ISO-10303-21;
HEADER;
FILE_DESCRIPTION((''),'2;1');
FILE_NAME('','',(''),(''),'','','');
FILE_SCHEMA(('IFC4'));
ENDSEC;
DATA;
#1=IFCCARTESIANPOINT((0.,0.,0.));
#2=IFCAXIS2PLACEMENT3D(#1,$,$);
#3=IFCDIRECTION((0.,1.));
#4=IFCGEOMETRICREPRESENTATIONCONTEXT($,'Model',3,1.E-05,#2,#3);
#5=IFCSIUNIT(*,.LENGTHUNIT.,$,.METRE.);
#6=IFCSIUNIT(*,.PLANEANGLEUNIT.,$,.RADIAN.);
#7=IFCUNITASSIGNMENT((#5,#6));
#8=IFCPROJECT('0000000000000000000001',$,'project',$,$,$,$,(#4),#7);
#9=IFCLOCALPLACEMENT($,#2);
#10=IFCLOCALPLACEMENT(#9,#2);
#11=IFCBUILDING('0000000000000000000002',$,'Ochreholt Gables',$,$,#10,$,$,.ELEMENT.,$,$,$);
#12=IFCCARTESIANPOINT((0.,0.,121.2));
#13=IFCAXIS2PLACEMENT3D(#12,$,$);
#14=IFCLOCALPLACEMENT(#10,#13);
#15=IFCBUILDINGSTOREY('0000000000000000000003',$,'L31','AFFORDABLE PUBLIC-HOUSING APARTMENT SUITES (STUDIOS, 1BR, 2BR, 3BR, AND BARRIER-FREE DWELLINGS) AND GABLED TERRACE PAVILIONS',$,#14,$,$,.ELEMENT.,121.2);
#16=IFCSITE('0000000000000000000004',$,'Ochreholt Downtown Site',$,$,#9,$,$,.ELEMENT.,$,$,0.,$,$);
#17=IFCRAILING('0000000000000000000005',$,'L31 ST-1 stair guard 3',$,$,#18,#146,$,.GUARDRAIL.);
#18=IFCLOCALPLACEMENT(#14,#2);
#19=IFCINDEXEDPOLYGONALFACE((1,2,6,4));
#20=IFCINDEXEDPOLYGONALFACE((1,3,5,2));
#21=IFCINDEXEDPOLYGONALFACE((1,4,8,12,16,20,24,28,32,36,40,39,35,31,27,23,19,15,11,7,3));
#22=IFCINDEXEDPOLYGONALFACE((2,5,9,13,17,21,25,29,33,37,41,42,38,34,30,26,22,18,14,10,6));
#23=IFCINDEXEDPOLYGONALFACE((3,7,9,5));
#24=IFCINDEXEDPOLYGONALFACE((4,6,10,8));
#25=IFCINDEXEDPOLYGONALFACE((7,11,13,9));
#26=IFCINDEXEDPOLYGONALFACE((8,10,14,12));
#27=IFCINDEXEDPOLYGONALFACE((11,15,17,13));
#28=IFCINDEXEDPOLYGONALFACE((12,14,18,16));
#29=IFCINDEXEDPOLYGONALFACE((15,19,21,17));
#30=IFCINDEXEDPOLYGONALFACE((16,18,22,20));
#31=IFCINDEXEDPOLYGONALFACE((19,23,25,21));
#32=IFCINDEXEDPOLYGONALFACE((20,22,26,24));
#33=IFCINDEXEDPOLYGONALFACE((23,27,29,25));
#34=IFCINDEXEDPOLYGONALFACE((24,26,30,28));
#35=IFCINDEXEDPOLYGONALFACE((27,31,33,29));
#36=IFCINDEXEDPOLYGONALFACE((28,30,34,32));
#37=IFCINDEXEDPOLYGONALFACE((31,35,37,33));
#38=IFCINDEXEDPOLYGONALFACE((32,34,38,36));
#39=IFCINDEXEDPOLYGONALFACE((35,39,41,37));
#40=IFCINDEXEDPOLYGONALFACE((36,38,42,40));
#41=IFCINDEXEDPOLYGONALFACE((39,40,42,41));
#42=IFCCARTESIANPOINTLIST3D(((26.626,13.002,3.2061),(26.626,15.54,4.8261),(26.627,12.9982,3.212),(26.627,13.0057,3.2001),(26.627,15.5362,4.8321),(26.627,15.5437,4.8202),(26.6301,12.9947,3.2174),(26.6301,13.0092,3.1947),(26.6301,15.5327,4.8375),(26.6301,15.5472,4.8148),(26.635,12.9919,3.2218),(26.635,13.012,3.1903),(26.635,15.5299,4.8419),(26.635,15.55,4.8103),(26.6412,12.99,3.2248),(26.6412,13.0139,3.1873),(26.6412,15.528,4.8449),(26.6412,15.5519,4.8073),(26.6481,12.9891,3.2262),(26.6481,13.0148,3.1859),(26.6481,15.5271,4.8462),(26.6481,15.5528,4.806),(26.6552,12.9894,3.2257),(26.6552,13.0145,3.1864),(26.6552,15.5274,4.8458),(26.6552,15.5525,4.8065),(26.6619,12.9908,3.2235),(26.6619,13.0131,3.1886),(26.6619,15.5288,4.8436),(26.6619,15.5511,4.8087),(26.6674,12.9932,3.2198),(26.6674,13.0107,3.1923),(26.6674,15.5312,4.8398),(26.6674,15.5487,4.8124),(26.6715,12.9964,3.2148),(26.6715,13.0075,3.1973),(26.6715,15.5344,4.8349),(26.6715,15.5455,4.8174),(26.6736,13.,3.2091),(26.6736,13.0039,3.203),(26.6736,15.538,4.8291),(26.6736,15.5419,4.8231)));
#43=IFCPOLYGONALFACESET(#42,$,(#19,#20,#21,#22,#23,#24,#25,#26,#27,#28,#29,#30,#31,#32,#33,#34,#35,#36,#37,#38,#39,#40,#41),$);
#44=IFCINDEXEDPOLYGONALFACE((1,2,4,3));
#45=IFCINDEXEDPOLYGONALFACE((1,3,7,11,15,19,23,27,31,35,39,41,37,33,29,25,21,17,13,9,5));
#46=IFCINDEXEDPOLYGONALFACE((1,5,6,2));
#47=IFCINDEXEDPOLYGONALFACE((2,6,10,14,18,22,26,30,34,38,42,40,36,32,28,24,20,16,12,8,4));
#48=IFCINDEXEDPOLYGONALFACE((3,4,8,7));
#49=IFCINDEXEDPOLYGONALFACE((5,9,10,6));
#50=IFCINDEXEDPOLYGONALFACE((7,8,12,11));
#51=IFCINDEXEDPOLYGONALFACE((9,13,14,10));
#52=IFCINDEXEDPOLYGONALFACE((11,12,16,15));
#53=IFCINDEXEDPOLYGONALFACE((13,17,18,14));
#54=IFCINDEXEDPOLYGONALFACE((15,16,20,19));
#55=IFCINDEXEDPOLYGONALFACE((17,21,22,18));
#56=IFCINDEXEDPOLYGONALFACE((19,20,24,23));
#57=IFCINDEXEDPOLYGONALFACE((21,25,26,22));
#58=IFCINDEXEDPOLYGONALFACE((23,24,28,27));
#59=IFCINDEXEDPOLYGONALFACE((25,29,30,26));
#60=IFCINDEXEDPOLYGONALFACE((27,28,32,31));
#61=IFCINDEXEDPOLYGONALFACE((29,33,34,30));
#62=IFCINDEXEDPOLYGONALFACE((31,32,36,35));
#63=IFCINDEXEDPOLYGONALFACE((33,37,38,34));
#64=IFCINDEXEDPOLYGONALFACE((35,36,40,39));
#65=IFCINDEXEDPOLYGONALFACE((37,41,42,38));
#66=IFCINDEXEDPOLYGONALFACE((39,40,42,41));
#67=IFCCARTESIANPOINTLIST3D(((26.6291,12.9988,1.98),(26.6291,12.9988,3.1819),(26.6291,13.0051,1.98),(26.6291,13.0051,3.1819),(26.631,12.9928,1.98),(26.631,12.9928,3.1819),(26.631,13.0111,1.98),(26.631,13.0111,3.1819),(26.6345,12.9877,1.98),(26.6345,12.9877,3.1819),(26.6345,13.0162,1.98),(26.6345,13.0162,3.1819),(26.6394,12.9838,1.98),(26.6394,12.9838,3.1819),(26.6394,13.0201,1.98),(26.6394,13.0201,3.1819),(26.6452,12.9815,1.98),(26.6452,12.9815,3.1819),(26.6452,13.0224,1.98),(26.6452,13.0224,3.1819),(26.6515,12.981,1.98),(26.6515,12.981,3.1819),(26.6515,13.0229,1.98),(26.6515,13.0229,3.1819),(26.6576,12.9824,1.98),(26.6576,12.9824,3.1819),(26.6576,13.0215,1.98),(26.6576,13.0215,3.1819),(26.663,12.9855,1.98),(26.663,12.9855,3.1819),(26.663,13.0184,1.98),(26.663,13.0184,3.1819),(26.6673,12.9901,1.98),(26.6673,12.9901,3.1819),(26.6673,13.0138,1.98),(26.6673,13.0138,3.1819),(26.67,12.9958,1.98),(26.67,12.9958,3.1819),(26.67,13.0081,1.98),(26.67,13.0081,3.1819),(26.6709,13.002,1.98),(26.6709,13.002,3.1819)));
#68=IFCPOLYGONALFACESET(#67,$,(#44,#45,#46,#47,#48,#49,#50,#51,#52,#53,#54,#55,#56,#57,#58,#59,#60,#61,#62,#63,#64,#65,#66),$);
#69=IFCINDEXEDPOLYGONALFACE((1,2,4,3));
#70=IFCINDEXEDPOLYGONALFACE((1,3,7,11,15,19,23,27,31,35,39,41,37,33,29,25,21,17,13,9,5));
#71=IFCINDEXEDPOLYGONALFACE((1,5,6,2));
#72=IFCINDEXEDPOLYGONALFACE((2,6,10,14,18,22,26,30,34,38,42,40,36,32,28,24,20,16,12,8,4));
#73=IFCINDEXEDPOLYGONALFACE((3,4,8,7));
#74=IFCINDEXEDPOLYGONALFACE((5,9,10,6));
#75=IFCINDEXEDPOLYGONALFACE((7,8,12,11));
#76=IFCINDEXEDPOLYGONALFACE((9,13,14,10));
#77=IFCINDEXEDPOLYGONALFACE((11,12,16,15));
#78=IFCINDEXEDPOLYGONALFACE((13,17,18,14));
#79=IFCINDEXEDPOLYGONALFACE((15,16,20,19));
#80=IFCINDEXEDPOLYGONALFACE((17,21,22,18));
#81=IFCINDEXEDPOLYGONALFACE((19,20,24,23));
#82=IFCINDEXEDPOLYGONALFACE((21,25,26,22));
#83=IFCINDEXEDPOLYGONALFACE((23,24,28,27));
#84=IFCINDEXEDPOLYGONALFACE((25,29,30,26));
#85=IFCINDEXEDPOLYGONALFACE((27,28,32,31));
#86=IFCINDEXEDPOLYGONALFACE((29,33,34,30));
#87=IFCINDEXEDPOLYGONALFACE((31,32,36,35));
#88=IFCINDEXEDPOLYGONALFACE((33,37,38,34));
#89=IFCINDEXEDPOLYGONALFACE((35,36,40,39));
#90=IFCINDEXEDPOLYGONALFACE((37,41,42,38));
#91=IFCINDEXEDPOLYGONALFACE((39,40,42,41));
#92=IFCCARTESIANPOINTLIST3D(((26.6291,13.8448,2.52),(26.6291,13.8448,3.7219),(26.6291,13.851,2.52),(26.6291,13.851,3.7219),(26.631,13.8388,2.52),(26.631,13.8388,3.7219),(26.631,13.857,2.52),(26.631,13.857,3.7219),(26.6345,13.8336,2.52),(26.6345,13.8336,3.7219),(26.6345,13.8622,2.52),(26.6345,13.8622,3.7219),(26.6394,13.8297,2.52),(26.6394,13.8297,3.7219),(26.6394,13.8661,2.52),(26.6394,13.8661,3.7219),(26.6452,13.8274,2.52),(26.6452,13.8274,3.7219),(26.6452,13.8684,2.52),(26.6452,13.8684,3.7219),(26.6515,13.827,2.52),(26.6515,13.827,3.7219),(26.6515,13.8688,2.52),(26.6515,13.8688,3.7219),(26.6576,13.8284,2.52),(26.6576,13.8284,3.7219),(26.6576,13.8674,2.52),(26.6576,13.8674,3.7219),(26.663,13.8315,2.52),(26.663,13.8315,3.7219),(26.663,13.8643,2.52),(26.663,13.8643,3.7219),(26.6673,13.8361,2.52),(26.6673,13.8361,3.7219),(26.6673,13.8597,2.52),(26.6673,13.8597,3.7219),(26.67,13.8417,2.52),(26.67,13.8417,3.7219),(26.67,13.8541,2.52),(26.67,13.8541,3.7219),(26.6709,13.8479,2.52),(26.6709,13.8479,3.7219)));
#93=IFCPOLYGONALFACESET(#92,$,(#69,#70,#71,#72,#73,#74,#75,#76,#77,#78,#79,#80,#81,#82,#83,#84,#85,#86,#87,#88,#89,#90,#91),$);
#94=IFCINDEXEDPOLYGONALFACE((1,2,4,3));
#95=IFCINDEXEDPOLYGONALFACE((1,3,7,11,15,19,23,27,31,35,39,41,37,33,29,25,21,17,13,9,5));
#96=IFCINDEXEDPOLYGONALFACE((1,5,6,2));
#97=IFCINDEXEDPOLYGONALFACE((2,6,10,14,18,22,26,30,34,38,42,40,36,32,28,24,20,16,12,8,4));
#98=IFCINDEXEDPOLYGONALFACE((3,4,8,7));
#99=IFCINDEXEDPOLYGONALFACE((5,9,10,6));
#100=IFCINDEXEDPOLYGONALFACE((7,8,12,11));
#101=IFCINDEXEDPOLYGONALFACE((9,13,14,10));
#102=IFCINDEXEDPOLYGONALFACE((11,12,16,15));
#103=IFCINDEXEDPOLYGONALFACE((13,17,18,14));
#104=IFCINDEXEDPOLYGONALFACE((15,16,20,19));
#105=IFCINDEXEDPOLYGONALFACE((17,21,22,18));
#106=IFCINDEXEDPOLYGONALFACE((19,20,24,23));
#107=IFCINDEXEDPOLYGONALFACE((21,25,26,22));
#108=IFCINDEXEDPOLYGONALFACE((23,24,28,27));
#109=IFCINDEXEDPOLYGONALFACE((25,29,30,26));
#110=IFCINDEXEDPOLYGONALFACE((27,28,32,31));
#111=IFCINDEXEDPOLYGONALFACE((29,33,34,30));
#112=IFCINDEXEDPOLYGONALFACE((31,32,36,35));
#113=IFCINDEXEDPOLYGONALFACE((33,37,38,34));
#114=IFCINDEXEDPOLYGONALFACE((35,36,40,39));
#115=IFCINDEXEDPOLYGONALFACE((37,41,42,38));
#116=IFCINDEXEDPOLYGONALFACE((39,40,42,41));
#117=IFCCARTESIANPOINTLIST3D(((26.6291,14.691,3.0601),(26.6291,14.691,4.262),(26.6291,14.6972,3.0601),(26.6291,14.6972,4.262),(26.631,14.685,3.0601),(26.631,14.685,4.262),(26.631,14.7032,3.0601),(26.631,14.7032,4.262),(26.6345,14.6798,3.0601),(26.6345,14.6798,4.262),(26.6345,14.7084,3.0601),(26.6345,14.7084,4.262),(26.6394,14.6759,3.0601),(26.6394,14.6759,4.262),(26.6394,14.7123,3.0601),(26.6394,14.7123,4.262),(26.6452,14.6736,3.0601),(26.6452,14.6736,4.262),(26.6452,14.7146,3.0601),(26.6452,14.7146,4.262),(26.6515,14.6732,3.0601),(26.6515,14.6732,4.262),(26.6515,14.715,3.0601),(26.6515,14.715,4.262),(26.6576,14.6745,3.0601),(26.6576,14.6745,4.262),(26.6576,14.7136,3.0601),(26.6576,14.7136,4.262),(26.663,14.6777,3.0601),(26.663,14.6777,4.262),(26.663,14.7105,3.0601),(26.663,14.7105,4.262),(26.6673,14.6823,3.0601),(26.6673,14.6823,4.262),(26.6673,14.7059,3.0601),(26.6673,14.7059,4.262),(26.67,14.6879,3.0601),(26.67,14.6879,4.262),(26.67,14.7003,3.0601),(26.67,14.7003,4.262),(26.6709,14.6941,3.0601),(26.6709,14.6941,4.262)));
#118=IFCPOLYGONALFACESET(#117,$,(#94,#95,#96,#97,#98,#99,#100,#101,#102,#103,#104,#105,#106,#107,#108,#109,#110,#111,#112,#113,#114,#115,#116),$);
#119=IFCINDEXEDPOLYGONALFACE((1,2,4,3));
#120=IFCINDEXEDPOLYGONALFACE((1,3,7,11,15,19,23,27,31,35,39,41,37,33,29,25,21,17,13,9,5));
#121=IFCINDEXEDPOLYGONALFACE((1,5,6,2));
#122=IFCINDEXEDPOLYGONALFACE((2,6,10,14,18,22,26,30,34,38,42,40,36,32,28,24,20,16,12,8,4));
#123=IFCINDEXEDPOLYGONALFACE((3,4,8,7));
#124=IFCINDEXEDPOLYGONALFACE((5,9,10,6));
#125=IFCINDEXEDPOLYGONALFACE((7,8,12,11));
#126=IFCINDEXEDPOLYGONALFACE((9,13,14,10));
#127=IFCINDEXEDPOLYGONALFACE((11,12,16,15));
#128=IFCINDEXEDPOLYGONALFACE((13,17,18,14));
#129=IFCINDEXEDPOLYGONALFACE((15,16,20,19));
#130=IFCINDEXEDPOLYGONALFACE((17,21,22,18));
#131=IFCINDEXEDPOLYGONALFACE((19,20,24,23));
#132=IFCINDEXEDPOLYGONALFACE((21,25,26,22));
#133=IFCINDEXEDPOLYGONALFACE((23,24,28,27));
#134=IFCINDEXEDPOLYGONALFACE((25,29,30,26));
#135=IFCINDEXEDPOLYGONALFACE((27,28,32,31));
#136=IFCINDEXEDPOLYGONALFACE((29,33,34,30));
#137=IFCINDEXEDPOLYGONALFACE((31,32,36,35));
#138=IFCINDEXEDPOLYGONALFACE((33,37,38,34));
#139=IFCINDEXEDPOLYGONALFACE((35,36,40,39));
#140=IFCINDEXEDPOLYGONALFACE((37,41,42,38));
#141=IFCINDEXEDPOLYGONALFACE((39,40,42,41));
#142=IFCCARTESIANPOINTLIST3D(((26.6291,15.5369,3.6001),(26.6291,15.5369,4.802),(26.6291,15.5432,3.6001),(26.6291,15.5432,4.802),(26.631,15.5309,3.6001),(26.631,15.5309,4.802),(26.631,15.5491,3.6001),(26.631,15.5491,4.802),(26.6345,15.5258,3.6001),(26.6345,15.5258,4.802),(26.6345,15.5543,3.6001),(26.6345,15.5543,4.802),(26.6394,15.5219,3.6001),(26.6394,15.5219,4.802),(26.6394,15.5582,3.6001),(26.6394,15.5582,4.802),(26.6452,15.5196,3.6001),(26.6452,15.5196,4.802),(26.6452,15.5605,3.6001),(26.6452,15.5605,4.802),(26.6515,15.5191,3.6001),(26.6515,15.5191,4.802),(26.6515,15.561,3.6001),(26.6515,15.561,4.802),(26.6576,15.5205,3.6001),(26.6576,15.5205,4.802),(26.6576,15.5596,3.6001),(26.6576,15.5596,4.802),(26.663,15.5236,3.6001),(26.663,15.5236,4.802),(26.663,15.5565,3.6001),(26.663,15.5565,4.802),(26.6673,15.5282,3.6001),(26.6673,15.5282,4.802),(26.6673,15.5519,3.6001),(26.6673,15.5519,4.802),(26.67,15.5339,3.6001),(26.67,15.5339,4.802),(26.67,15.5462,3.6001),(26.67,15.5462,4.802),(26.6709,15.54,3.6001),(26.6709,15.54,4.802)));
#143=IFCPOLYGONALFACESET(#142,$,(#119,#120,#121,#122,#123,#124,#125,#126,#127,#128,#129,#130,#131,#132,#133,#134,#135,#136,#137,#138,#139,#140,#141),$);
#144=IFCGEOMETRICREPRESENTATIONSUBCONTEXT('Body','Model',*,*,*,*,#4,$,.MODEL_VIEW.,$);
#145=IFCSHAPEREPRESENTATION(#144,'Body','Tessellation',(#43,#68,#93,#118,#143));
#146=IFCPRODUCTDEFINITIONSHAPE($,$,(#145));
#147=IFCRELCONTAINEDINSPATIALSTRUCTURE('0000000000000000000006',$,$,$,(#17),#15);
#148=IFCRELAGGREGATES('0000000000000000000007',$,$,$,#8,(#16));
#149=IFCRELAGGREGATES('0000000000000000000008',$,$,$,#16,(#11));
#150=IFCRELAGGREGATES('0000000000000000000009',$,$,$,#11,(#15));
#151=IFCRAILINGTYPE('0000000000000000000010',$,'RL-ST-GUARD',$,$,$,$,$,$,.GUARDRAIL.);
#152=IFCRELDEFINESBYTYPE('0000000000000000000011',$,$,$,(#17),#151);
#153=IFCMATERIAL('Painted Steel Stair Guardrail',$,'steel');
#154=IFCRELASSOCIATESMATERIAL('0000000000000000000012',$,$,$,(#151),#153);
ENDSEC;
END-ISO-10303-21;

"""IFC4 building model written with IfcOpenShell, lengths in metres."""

from ifc_helpers import new_model, si_unit, direction, frame, origin, origin_2d, place, context, subcontext, project, spatial, circle, extrude, material, type_object, element, save


model = new_model("IFC4")

# Units and contexts
model_context = context("Model", 3, precision=1e-05, world=origin(), true_north=direction((0.0, 1.0)))
body_context = subcontext(model_context, "Body", "Model", "MODEL_VIEW")
ifc_project = project(units=[si_unit("LENGTHUNIT", "METRE"), si_unit("PLANEANGLEUNIT", "RADIAN")], contexts=[model_context])

# Site, building, storey
site_placement = place(None, origin())
site = spatial("IfcSite", under=ifc_project, at=site_placement, Name="Ochreholt Downtown Site", CompositionType="ELEMENT", RefElevation=0.0)
building_placement = place(site_placement, origin())
building = spatial("IfcBuilding", under=site, at=building_placement, Name="Ochreholt Gables", CompositionType="ELEMENT")
storey_placement = place(building_placement, frame((0.0, 0.0, 121.2)))
storey = spatial("IfcBuildingStorey", under=building, at=storey_placement, Name="L31", Description="AFFORDABLE PUBLIC-HOUSING APARTMENT SUITES (STUDIOS, 1BR, 2BR, 3BR, AND BARRIER-FREE DWELLINGS) AND GABLED TERRACE PAVILIONS", CompositionType="ELEMENT", Elevation=121.2)

# Railing
ifc_material_1 = material(Name="Painted Steel Stair Guardrail", Category="steel")
railing_type_1 = type_object("IfcRailingType", Name="RL-ST-GUARD", PredefinedType="GUARDRAIL", material=ifc_material_1)
railing_1_placement = place(storey_placement, frame((26.6499, 13.002, 1.98)))
element("IfcRailing", 1, at=railing_1_placement, inside=storey, type_object=railing_type_1, Name="L31 ST-1 stair guard 3", PredefinedType="GUARDRAIL", context=body_context, shape_type="SweptSolid", body=[
    extrude(circle(Radius=0.0239, at=origin_2d()), frame((0.0, 0.0, 1.2261), z_axis=(0.0, 0.842913, 0.53805), x_axis=(-1.0, 0.0, 0.0)), (0.0, 0.0, 1.0), 3.011),
    extrude(circle(Radius=0.021, at=origin_2d()), origin(), (0.0, 0.0, 1.0), 1.2019),
    extrude(circle(Radius=0.021, at=origin_2d()), frame((0.0, 0.8459, 0.54)), (0.0, 0.0, 1.0), 1.2019),
    extrude(circle(Radius=0.021, at=origin_2d()), frame((0.0, 1.6921, 1.0801)), (0.0, 0.0, 1.0), 1.2019),
    extrude(circle(Radius=0.021, at=origin_2d()), frame((0.0, 2.5381, 1.6201)), (0.0, 0.0, 1.0), 1.2019),
])

save(model, "model.ifc")
